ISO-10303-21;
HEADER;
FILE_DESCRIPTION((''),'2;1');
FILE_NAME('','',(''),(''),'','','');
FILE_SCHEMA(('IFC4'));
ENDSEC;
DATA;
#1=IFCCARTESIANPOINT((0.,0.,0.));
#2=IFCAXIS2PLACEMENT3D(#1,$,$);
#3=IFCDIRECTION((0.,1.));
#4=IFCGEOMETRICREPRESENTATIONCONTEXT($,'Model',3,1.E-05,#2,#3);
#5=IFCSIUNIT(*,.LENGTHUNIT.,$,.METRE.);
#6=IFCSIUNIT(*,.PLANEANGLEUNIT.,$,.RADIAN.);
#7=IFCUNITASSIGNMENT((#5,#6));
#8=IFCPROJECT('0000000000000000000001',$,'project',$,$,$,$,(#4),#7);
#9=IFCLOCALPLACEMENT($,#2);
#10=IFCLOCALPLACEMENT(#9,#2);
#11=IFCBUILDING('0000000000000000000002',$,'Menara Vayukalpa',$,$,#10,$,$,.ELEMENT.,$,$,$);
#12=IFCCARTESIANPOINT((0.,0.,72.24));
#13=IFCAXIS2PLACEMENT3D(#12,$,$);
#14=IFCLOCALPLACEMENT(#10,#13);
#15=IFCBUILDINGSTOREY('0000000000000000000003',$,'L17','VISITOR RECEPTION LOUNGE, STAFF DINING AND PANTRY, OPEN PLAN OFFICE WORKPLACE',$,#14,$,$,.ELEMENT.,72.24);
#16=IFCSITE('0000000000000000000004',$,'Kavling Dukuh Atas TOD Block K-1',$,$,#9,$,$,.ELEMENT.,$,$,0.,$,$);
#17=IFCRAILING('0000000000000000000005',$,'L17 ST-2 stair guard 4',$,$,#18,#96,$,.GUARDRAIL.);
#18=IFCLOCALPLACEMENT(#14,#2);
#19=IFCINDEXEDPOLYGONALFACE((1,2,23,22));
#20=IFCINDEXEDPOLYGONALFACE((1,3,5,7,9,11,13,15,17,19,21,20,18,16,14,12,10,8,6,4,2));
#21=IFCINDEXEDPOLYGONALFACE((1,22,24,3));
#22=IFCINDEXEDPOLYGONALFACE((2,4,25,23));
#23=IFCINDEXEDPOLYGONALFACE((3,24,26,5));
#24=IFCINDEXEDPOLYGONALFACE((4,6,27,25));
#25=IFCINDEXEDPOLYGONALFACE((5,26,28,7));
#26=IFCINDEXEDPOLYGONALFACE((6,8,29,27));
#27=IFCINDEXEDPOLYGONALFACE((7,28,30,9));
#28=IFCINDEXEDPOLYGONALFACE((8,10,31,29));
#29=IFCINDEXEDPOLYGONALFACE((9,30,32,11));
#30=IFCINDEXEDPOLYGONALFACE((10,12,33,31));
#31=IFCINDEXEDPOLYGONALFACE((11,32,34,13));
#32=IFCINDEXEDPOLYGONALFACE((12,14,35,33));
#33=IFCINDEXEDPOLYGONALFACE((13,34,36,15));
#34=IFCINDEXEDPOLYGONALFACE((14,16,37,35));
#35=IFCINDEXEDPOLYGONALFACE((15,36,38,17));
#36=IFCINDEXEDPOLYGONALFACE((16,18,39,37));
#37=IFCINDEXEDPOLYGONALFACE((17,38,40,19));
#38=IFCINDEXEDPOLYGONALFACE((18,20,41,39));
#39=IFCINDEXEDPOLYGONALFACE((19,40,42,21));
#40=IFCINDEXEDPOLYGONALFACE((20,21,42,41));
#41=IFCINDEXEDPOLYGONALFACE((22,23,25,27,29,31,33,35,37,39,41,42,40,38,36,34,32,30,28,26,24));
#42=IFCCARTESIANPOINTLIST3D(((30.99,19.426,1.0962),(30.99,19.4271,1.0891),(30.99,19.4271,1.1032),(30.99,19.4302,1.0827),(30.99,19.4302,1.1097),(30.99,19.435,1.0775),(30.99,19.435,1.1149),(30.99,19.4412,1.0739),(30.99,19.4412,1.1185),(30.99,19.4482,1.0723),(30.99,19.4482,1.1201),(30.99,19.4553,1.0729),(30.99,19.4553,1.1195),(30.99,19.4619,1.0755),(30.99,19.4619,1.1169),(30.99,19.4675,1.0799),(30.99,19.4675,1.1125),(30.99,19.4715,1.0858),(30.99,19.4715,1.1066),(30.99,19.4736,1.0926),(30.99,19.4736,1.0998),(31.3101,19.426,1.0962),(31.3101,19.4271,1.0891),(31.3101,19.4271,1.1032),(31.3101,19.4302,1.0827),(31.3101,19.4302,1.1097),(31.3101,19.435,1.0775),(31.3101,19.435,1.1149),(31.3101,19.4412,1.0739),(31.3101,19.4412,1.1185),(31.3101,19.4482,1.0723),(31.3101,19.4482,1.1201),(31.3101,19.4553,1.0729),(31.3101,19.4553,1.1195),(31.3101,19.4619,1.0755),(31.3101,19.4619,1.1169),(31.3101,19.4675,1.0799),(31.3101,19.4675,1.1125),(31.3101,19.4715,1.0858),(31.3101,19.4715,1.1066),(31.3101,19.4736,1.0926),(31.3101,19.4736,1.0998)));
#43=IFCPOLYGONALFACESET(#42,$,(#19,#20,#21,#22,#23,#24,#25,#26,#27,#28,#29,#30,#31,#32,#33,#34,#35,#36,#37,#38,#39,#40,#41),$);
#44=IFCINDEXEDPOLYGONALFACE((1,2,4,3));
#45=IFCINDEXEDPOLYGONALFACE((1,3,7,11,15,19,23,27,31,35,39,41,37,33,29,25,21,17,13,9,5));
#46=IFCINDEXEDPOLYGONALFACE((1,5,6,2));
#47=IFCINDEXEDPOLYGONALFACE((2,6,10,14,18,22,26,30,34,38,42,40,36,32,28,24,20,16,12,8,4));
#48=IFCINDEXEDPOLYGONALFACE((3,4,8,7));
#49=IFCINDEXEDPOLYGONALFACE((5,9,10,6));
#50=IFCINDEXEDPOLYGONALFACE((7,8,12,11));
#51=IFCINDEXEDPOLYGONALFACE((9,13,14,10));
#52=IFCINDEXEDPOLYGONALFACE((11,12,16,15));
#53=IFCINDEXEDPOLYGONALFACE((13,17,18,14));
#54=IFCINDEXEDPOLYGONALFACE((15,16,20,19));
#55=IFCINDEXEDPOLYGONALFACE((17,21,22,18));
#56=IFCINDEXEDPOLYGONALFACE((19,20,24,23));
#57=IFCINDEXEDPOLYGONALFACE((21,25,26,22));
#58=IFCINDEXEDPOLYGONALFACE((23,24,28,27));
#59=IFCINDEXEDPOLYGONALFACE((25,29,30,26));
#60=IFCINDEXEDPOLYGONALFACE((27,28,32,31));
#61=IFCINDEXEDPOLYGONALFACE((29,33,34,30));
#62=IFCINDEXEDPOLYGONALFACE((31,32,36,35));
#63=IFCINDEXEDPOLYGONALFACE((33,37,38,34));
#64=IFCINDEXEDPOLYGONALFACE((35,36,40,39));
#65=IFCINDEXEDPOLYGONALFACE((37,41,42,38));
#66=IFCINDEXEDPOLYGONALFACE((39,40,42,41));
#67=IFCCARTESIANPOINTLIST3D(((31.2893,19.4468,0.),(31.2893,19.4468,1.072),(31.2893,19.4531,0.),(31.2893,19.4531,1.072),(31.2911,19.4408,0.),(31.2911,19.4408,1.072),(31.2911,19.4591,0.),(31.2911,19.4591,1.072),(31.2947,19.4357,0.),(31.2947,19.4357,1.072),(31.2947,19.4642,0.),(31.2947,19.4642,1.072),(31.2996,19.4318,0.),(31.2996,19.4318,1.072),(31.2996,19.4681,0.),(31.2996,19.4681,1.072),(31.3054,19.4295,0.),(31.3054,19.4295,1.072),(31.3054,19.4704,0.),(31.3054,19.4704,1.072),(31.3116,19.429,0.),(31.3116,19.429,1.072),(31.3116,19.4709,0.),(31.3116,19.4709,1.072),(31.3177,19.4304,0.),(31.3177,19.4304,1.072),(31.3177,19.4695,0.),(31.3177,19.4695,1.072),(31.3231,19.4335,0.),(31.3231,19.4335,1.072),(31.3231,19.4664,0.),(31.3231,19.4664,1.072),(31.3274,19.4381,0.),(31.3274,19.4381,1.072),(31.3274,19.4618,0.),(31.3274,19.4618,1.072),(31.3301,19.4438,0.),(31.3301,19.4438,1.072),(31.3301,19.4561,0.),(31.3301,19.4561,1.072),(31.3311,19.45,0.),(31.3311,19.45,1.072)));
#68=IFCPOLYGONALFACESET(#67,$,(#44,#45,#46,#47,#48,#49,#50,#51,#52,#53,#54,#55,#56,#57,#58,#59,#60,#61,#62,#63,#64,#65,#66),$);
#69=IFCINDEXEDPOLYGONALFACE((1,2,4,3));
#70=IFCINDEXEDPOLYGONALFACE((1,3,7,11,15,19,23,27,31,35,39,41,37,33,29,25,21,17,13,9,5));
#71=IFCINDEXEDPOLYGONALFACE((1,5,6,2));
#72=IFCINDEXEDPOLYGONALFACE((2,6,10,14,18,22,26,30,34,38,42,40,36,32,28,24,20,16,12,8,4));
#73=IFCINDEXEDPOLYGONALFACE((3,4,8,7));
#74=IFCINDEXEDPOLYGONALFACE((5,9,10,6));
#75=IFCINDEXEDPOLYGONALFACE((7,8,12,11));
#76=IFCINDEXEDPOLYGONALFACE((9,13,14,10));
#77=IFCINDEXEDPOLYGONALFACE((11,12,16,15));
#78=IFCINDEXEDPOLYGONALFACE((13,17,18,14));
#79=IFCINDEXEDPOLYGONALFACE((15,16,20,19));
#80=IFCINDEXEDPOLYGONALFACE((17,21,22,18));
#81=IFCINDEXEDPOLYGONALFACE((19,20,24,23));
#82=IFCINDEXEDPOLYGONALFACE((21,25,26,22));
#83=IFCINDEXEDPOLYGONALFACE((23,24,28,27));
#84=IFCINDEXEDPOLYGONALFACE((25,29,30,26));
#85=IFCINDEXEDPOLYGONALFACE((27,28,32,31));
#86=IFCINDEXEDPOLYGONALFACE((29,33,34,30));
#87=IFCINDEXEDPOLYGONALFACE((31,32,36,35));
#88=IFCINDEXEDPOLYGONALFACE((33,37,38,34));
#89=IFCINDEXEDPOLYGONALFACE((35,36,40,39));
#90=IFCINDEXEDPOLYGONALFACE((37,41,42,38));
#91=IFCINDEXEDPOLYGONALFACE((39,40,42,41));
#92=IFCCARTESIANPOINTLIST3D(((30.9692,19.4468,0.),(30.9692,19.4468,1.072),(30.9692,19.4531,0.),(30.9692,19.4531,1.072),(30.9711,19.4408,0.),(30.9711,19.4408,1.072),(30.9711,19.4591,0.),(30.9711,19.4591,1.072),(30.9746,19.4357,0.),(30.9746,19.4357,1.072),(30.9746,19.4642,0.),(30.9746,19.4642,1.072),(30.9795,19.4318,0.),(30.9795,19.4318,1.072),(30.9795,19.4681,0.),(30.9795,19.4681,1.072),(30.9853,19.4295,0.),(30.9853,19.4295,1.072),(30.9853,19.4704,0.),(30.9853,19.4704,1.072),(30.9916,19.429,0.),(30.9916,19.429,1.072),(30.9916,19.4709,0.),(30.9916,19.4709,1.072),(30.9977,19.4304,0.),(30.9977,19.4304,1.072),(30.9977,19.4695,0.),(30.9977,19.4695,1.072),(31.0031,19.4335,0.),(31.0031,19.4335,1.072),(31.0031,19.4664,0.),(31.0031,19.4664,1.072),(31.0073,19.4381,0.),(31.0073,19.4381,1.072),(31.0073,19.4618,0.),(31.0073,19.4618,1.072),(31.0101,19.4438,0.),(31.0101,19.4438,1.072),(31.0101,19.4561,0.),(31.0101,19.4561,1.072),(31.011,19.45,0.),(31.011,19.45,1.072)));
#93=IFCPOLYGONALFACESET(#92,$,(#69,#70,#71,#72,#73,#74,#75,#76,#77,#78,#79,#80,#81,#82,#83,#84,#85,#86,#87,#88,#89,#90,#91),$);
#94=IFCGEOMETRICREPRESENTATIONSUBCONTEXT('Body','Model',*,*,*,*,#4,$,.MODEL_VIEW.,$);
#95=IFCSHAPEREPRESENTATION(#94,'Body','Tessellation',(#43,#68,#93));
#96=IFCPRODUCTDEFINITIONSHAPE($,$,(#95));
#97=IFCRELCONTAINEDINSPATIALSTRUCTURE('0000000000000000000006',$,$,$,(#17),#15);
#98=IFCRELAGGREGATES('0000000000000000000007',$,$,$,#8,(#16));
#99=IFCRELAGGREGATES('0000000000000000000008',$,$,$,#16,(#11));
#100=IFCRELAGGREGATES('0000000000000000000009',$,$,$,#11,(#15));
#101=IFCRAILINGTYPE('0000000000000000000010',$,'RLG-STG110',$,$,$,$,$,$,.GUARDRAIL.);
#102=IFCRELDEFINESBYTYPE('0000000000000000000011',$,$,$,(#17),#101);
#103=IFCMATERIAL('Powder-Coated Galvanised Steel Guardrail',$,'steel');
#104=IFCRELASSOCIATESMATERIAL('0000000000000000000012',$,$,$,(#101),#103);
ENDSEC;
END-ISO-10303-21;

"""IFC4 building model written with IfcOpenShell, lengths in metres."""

from ifc_helpers import new_model, si_unit, direction, frame, origin, origin_2d, place, context, subcontext, project, spatial, circle, extrude, material, type_object, element, save


model = new_model("IFC4")

# Units and contexts
model_context = context("Model", 3, precision=1e-05, world=origin(), true_north=direction((0.0, 1.0)))
body_context = subcontext(model_context, "Body", "Model", "MODEL_VIEW")
ifc_project = project(units=[si_unit("LENGTHUNIT", "METRE"), si_unit("PLANEANGLEUNIT", "RADIAN")], contexts=[model_context])

# Site, building, storey
site_placement = place(None, origin())
site = spatial("IfcSite", under=ifc_project, at=site_placement, Name="Kavling Dukuh Atas TOD Block K-1", CompositionType="ELEMENT", RefElevation=0.0)
building_placement = place(site_placement, origin())
building = spatial("IfcBuilding", under=site, at=building_placement, Name="Menara Vayukalpa", CompositionType="ELEMENT")
storey_placement = place(building_placement, frame((0.0, 0.0, 72.24)))
storey = spatial("IfcBuildingStorey", under=building, at=storey_placement, Name="L17", Description="VISITOR RECEPTION LOUNGE, STAFF DINING AND PANTRY, OPEN PLAN OFFICE WORKPLACE", CompositionType="ELEMENT", Elevation=72.24)

# Railing
ifc_material_1 = material(Name="Powder-Coated Galvanised Steel Guardrail", Category="steel")
railing_type_1 = type_object("IfcRailingType", Name="RLG-STG110", PredefinedType="GUARDRAIL", material=ifc_material_1)
railing_1_placement = place(storey_placement, frame((31.3101, 19.45, 0.0)))
element("IfcRailing", 1, at=railing_1_placement, inside=storey, type_object=railing_type_1, Name="L17 ST-2 stair guard 4", PredefinedType="GUARDRAIL", context=body_context, shape_type="SweptSolid", body=[
    extrude(circle(Radius=0.0239, at=origin_2d()), frame((0.0, 0.0, 1.0962), z_axis=(-1.0, 0.0, 0.0), x_axis=(0.0, -1.0, 0.0)), (0.0, 0.0, 1.0), 0.3201),
    extrude(circle(Radius=0.021, at=origin_2d()), origin(), (0.0, 0.0, 1.0), 1.072),
    extrude(circle(Radius=0.021, at=origin_2d()), frame((-0.3201, 0.0, 0.0)), (0.0, 0.0, 1.0), 1.072),
])

save(model, "model.ifc")
